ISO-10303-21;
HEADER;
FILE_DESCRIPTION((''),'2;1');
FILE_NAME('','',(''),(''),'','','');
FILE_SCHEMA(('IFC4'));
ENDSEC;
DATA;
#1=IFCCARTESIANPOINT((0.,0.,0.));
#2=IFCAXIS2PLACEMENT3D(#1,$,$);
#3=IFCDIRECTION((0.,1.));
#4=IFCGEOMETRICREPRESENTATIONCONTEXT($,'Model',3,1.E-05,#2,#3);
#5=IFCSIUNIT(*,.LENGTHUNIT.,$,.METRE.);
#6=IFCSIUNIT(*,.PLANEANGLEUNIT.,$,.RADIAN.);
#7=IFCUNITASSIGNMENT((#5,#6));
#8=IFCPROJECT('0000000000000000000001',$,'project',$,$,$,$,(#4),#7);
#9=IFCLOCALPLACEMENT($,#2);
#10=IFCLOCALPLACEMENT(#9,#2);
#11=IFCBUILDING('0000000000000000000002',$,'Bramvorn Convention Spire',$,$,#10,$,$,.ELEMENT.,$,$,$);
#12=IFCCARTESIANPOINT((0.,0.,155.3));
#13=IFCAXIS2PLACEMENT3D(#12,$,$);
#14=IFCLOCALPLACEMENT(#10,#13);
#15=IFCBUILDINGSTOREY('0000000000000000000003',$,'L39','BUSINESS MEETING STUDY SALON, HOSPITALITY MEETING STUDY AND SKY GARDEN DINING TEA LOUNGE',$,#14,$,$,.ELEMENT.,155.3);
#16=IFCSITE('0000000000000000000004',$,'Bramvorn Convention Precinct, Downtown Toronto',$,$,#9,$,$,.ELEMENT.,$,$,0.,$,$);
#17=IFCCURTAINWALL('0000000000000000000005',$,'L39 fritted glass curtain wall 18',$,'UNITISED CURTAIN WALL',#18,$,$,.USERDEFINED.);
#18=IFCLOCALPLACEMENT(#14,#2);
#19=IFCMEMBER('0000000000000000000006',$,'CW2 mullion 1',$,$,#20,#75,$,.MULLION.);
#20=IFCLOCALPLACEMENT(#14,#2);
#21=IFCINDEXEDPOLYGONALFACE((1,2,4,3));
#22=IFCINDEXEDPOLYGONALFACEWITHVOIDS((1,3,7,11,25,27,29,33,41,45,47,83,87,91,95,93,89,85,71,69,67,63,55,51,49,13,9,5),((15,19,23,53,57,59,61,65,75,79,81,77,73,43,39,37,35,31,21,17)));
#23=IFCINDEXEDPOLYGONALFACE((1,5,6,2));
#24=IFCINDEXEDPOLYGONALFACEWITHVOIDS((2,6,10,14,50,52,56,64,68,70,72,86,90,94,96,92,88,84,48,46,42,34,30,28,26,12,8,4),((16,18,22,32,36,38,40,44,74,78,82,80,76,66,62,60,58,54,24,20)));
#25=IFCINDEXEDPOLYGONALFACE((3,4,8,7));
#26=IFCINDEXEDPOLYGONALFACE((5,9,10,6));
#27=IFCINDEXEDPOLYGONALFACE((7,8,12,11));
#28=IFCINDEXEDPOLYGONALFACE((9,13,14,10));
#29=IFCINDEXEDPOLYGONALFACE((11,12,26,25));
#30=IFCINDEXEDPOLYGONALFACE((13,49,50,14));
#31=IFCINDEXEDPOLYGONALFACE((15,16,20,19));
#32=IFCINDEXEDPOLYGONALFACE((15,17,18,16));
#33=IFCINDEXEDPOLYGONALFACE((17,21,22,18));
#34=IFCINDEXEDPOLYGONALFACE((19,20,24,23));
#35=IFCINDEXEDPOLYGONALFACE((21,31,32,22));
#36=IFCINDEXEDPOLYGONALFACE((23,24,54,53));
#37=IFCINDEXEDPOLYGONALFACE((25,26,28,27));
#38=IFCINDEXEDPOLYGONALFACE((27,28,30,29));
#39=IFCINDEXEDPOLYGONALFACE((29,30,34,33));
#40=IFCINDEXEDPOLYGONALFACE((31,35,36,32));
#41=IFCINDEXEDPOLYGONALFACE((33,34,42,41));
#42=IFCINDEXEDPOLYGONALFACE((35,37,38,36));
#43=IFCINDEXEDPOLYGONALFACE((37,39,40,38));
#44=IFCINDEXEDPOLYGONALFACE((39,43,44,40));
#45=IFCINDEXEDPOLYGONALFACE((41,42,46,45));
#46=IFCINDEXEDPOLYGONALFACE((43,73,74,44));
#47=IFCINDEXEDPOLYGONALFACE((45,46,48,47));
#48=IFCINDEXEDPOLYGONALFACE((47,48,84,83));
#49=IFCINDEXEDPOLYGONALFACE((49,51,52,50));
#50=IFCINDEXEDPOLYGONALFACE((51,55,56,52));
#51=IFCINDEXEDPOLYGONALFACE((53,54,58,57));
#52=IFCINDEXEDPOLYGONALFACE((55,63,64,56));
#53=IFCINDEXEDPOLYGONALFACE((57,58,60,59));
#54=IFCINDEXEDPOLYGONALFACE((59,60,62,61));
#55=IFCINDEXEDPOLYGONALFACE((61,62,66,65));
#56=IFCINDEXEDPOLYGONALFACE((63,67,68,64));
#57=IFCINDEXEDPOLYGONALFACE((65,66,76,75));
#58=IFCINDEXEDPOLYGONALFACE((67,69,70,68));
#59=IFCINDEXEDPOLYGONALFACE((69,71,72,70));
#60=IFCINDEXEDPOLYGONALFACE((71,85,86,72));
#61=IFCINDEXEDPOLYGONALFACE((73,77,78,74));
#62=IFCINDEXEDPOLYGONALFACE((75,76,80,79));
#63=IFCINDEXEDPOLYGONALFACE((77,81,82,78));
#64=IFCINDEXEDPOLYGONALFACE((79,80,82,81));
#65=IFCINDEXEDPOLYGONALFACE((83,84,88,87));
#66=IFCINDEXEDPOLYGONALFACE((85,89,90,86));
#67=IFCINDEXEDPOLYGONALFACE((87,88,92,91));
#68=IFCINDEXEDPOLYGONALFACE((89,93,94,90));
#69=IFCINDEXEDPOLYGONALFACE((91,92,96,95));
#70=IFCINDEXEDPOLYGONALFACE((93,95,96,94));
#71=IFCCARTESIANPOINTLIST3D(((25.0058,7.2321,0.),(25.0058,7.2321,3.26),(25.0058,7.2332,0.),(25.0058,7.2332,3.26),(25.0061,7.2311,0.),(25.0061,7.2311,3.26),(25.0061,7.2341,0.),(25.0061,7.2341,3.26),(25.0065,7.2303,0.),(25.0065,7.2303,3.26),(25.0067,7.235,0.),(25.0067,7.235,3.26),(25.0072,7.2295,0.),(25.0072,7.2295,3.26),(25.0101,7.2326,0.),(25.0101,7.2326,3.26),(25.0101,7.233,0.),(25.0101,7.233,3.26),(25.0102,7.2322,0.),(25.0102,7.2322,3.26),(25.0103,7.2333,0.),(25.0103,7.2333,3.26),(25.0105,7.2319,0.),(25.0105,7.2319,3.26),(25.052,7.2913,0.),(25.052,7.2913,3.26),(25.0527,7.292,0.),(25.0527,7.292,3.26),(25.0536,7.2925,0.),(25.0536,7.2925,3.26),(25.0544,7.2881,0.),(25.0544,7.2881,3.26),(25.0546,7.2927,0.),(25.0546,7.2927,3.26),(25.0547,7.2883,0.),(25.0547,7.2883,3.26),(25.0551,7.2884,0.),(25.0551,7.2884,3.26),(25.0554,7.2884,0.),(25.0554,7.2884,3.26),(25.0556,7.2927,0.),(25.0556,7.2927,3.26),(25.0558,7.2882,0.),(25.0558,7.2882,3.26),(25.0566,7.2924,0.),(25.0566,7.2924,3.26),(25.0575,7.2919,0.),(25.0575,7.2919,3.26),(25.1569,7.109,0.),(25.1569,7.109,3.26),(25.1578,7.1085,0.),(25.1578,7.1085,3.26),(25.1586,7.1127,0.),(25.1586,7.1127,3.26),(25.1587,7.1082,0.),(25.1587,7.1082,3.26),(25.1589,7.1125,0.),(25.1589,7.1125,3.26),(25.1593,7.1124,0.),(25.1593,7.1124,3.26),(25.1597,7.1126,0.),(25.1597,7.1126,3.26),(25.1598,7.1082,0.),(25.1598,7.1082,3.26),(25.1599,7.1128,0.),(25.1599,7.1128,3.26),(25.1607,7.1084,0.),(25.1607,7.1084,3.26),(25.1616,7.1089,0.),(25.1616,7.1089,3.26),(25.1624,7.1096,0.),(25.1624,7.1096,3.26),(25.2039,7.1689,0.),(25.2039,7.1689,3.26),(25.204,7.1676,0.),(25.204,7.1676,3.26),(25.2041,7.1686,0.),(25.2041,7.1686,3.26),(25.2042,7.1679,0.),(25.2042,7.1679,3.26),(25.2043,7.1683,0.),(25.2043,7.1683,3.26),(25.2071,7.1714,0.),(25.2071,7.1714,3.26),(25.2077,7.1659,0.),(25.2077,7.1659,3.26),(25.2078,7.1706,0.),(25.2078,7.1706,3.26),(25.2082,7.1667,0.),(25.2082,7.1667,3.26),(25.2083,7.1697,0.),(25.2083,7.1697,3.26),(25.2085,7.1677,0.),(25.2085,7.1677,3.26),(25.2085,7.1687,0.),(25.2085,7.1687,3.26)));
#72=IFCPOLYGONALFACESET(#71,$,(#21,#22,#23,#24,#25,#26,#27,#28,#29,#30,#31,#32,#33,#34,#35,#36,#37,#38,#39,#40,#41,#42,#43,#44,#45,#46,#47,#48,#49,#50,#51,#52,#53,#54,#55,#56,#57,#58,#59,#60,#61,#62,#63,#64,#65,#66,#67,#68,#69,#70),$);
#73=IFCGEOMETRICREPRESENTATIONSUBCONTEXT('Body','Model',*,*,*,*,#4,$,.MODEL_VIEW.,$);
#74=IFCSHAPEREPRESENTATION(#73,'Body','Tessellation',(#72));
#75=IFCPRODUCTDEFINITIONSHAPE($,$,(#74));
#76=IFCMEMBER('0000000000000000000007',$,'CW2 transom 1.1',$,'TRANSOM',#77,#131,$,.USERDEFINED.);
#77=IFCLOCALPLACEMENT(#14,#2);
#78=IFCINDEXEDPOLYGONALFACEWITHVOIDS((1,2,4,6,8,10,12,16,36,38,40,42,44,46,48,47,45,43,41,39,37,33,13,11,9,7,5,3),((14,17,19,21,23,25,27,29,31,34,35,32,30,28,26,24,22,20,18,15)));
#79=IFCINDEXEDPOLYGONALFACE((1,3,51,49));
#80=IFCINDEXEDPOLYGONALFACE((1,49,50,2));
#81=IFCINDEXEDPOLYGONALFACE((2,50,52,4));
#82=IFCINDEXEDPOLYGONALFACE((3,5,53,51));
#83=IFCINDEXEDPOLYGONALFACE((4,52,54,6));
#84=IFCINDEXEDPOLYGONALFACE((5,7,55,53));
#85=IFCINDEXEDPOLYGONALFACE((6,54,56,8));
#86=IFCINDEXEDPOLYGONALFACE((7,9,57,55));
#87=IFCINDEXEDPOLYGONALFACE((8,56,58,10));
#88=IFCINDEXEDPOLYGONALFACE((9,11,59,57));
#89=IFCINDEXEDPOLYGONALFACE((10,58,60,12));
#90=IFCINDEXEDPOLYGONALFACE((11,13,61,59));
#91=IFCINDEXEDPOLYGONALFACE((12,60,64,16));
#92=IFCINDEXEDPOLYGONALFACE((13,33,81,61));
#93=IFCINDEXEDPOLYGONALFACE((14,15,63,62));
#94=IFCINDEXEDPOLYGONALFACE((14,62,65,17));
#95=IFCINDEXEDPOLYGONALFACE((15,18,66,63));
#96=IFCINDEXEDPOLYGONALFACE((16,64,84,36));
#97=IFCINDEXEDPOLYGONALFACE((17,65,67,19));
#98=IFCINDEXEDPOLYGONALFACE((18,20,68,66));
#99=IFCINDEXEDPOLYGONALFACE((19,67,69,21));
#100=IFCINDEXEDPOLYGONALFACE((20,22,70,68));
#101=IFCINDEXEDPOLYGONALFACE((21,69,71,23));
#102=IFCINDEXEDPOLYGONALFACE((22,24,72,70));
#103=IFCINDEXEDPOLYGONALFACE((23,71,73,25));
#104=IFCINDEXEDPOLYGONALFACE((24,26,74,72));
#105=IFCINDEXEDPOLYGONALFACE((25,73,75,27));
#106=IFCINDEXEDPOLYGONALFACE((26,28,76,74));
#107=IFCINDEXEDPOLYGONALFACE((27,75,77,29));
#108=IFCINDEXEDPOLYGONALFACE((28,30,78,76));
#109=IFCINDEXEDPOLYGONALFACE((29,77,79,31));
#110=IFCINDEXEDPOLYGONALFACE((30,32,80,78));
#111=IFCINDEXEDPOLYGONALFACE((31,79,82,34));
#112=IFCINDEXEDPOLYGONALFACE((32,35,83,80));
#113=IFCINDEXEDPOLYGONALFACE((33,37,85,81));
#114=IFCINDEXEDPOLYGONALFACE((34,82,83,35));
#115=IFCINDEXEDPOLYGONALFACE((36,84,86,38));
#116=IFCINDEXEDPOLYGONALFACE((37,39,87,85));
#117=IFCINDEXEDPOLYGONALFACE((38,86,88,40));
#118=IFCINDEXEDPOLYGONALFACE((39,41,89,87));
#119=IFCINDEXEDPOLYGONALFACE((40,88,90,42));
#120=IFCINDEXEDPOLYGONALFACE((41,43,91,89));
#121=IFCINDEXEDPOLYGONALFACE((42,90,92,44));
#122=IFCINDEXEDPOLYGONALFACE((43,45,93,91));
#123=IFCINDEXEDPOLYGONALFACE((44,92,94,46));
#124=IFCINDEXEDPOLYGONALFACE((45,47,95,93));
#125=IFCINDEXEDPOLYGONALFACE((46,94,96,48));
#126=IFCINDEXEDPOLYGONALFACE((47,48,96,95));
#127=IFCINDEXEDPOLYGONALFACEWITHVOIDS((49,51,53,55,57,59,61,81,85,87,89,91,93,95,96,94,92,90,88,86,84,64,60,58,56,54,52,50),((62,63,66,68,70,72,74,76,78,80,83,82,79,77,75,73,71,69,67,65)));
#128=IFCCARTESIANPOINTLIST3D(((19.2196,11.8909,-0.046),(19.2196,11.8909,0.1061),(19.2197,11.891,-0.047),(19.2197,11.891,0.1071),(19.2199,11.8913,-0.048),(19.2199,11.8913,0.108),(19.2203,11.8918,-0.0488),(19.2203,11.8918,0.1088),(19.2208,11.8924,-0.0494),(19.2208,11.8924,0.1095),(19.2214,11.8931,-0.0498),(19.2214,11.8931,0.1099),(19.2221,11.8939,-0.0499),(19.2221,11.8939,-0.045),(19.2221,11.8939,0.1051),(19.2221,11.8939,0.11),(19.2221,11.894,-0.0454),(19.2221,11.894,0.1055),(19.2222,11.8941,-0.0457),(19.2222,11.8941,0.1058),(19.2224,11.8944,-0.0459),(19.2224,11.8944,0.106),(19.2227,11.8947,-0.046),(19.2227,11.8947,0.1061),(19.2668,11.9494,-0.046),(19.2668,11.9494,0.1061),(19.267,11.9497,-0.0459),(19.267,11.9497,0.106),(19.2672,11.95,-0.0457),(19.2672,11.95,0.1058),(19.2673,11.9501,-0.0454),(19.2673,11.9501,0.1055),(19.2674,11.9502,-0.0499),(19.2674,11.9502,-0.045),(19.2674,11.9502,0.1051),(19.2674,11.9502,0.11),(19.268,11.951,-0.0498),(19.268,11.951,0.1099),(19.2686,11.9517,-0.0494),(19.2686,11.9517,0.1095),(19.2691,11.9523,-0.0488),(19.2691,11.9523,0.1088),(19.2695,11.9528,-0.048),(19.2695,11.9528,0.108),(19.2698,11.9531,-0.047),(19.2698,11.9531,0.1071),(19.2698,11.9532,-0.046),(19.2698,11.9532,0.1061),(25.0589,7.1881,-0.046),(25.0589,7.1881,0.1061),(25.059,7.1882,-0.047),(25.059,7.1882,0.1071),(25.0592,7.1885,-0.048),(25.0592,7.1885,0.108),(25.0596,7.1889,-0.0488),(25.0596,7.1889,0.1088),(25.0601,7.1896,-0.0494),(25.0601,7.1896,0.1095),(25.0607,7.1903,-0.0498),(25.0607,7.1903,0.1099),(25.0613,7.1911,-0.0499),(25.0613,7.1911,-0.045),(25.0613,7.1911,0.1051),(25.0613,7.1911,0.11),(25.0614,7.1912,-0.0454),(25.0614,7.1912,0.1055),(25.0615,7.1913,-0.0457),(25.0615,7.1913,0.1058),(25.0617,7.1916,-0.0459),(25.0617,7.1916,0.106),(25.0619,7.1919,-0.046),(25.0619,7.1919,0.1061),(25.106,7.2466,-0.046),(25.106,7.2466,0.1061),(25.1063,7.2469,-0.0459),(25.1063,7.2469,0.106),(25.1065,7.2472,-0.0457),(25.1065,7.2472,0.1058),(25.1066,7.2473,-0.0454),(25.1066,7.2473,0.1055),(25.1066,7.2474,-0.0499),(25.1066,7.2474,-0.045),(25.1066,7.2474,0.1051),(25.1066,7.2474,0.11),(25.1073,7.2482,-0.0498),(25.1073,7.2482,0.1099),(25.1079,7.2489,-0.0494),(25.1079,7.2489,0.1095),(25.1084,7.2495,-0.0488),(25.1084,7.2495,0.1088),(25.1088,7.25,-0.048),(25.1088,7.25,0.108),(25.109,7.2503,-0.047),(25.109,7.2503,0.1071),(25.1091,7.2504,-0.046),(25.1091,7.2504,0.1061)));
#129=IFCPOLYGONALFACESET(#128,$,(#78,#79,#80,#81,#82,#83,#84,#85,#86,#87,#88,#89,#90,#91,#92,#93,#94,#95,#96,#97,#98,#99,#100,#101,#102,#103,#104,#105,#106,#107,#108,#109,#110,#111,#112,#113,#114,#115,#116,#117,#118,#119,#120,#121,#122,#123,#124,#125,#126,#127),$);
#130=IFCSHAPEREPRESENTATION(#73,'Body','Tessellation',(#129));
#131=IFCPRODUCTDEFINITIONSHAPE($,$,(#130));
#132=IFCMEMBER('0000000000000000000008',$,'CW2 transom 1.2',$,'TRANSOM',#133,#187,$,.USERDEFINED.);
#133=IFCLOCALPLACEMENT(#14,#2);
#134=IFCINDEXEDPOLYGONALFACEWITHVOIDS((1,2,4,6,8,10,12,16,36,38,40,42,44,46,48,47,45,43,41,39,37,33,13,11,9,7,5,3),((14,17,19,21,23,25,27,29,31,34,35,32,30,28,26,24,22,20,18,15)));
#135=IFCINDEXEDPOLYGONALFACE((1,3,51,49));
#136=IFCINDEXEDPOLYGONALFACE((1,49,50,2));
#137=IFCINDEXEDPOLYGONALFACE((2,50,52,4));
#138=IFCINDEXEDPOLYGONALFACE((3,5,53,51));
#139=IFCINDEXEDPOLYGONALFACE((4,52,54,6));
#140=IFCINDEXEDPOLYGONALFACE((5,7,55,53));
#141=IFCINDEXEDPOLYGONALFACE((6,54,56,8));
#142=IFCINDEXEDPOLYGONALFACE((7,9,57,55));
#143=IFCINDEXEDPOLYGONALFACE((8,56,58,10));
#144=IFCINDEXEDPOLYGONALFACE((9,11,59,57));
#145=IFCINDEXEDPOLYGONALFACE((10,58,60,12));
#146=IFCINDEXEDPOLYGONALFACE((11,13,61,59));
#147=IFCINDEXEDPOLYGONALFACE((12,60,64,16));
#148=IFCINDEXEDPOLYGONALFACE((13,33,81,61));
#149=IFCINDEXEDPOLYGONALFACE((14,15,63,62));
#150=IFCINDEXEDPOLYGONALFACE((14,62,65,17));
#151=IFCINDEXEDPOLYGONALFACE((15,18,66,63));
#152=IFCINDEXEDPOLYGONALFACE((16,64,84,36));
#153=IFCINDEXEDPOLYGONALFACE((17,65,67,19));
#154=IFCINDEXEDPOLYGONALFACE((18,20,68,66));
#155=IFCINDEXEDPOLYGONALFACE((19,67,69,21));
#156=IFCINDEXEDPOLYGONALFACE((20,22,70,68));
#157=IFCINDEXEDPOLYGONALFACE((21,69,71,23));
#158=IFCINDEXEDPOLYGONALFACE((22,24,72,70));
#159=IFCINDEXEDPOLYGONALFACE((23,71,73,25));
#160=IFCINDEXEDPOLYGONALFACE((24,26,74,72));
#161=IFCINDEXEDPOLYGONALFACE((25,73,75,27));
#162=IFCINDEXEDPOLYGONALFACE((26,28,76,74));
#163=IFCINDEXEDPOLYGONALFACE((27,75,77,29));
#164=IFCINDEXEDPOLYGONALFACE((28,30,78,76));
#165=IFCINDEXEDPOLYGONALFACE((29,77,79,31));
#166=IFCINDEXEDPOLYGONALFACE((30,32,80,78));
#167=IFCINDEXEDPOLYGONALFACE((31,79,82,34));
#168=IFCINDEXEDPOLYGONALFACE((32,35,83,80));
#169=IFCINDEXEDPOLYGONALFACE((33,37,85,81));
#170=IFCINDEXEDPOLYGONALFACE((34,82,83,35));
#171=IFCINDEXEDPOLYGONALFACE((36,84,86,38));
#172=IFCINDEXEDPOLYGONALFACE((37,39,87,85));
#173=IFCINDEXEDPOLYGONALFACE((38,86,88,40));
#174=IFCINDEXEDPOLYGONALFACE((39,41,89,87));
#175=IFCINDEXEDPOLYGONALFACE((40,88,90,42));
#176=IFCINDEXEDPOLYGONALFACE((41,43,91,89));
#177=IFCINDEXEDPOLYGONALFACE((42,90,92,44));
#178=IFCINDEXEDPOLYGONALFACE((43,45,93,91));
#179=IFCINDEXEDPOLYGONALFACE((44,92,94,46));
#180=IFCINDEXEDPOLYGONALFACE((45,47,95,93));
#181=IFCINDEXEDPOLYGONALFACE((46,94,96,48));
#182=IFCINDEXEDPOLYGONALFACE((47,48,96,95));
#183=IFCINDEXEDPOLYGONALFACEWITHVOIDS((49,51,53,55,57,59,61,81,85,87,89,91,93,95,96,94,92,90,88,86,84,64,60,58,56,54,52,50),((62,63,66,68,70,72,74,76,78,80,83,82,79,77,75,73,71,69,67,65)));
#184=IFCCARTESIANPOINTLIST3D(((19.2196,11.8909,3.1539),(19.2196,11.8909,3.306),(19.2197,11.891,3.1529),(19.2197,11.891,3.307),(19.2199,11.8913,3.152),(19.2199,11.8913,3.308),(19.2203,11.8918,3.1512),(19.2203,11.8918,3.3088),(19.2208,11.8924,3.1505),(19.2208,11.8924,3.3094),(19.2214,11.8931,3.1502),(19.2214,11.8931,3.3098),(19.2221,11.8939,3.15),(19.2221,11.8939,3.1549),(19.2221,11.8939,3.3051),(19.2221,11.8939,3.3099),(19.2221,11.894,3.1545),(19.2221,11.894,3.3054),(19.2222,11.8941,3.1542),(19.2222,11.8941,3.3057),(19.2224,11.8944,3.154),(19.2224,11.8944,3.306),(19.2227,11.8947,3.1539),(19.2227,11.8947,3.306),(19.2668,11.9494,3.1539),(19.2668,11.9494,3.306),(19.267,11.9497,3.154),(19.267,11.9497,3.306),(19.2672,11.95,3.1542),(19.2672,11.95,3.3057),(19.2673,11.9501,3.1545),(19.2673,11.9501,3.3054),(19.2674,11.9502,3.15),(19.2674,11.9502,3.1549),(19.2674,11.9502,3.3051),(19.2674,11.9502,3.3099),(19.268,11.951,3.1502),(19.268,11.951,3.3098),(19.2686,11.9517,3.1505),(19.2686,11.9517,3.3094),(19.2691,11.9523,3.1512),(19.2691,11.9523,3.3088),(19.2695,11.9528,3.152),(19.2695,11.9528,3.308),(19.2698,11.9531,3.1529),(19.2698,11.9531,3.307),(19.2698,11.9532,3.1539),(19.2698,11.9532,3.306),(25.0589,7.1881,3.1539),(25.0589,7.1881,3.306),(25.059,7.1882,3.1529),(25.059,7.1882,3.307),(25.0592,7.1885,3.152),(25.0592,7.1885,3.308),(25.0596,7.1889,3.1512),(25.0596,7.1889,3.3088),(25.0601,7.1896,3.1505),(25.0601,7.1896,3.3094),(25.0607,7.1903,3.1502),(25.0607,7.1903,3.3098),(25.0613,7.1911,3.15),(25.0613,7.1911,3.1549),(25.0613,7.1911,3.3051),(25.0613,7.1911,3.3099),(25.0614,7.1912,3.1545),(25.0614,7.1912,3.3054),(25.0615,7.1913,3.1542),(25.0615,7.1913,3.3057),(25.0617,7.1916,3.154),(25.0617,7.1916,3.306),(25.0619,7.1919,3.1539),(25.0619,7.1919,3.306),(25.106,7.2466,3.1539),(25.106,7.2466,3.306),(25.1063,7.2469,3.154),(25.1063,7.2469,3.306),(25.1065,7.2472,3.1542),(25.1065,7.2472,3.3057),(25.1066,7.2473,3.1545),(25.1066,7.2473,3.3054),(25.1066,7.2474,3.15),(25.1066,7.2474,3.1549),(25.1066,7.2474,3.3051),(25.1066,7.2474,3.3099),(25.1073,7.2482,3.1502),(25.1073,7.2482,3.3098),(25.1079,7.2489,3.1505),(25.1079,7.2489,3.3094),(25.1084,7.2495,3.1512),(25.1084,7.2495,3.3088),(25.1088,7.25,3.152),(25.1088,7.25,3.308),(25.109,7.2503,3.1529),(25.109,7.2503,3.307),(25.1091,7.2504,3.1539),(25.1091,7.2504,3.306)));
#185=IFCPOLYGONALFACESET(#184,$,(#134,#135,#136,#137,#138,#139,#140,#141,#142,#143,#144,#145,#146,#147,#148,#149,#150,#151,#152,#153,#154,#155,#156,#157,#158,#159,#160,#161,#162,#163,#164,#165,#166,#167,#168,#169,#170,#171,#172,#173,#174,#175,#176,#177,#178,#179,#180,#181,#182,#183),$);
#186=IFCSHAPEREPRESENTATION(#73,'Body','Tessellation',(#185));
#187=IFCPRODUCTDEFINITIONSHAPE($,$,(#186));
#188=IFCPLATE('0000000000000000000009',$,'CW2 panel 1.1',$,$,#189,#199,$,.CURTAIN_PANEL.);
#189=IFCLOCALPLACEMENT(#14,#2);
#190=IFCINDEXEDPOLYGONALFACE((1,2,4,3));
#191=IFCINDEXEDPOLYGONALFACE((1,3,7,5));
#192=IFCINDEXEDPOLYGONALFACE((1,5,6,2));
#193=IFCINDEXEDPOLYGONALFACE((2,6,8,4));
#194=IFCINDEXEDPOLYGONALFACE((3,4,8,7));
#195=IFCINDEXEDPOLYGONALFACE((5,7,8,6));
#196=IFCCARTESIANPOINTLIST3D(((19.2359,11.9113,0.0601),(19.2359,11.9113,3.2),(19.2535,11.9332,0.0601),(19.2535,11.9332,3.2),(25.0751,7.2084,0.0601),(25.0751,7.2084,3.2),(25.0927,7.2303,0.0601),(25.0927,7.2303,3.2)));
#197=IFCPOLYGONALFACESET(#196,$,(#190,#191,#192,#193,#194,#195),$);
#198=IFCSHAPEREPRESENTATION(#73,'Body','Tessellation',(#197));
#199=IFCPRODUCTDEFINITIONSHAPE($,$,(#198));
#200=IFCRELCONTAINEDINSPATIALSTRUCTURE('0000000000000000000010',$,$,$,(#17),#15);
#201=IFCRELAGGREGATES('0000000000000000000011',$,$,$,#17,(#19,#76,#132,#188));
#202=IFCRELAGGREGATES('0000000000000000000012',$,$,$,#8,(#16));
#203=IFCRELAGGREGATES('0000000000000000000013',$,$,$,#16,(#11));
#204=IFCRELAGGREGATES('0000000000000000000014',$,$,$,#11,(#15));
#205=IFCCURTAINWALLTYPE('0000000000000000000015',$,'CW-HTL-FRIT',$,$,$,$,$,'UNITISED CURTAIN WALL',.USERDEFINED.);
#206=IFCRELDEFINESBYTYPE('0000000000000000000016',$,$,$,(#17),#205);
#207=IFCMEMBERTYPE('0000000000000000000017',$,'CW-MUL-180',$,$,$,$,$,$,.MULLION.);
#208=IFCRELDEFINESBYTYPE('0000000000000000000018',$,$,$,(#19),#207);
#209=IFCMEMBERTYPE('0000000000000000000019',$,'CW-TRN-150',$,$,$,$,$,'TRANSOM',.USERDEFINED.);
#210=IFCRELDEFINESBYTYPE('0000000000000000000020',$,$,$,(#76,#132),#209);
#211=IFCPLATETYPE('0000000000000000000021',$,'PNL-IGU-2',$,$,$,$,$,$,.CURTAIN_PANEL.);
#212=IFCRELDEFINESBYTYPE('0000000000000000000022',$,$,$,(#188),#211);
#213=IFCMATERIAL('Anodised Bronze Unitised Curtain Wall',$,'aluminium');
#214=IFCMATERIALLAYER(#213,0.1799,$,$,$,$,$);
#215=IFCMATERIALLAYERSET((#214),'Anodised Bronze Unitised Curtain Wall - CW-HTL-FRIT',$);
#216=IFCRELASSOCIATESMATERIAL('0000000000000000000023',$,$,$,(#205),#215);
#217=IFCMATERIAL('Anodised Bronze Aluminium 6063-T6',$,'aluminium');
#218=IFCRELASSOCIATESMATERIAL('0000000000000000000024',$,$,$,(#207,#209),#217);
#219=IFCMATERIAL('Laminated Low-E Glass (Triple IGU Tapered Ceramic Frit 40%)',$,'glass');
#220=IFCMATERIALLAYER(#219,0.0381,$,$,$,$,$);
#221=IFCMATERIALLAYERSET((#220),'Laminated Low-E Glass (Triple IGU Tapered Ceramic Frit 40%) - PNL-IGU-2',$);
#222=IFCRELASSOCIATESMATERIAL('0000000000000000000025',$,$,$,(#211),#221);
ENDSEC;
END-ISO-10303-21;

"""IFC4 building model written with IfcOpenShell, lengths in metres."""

from ifc_helpers import new_model, si_unit, direction, frame, origin, origin_2d, place, context, subcontext, project, spatial, rectangle, hollow_rectangle, extrude, material, layer, layer_set, material_profile, profile_set, type_object, element, aggregate, save


model = new_model("IFC4")

# Units and contexts
model_context = context("Model", 3, precision=1e-05, world=origin(), true_north=direction((0.0, 1.0)))
body_context = subcontext(model_context, "Body", "Model", "MODEL_VIEW")
ifc_project = project(units=[si_unit("LENGTHUNIT", "METRE"), si_unit("PLANEANGLEUNIT", "RADIAN")], contexts=[model_context])

# Site, building, storey
site_placement = place(None, origin())
site = spatial("IfcSite", under=ifc_project, at=site_placement, Name="Bramvorn Convention Precinct, Downtown Toronto", CompositionType="ELEMENT", RefElevation=0.0)
building_placement = place(site_placement, origin())
building = spatial("IfcBuilding", under=site, at=building_placement, Name="Bramvorn Convention Spire", CompositionType="ELEMENT")
storey_placement = place(building_placement, frame((0.0, 0.0, 155.3)))
storey = spatial("IfcBuildingStorey", under=building, at=storey_placement, Name="L39", Description="BUSINESS MEETING STUDY SALON, HOSPITALITY MEETING STUDY AND SKY GARDEN DINING TEA LOUNGE", CompositionType="ELEMENT", Elevation=155.3)

# Curtain wall, members, plate
ifc_material_1 = material(Name="Anodised Bronze Unitised Curtain Wall", Category="aluminium")
ifc_layer_1 = layer(ifc_material_1, 0.1799)
ifc_layer_set_1 = layer_set([ifc_layer_1], Name="Anodised Bronze Unitised Curtain Wall - CW-HTL-FRIT")
curtain_wall_type = type_object("IfcCurtainWallType", Name="CW-HTL-FRIT", ElementType="UNITISED CURTAIN WALL", PredefinedType="USERDEFINED", material=ifc_layer_set_1)
curtain_wall_placement = place(storey_placement, origin())
curtain_wall = element("IfcCurtainWall", 1, at=curtain_wall_placement, inside=storey, type_object=curtain_wall_type, Name="L39 fritted glass curtain wall 18", ObjectType="UNITISED CURTAIN WALL", PredefinedType="USERDEFINED")
ifc_material_2 = material(Name="Anodised Bronze Aluminium 6063-T6", Category="aluminium")
ifc_material_profile_1 = material_profile(ifc_material_2, hollow_rectangle(XDim=0.0801, YDim=0.2, WallThickness=0.0039, InnerFilletRadius=0.001, OuterFilletRadius=0.0039, at=origin_2d()))
ifc_profile_set_1 = profile_set([ifc_material_profile_1], Name="Anodised Bronze Aluminium 6063-T6 - CWM80X200")
member_type_1 = type_object("IfcMemberType", Name="CW-MUL-180", PredefinedType="MULLION", material=ifc_profile_set_1)
member_1_placement = place(storey_placement, frame((25.1072, 7.2004, 0.0), z_axis=(0.0, 0.0, 1.0), x_axis=(-0.627255, -0.778814, 0.0)))
member_1 = element("IfcMember", 2, at=member_1_placement, type_object=member_type_1, Name="CW2 mullion 1", PredefinedType="MULLION", context=body_context, shape_type="SweptSolid", body=[
    extrude(hollow_rectangle(XDim=0.0801, YDim=0.2, WallThickness=0.0039, InnerFilletRadius=0.001, OuterFilletRadius=0.0039, at=origin_2d()), origin(), (0.0, 0.0, 1.0), 3.26),
])
ifc_material_profile_2 = material_profile(ifc_material_2, hollow_rectangle(XDim=0.0801, YDim=0.1599, WallThickness=0.0039, InnerFilletRadius=0.001, OuterFilletRadius=0.0039, at=origin_2d()))
ifc_profile_set_2 = profile_set([ifc_material_profile_2], Name="Anodised Bronze Aluminium 6063-T6 - CWT80X160")
member_type_2 = type_object("IfcMemberType", Name="CW-TRN-150", ElementType="TRANSOM", PredefinedType="USERDEFINED", material=ifc_profile_set_2)
member_2_placement = place(storey_placement, frame((25.084, 7.2192, 0.03), z_axis=(-0.778822, 0.627245, 0.0), x_axis=(-0.627245, -0.778822, 0.0)))
member_2 = element("IfcMember", 3, at=member_2_placement, type_object=member_type_2, Name="CW2 transom 1.1", ObjectType="TRANSOM", PredefinedType="USERDEFINED", context=body_context, shape_type="SweptSolid", body=[
    extrude(hollow_rectangle(XDim=0.0801, YDim=0.1599, WallThickness=0.0039, InnerFilletRadius=0.001, OuterFilletRadius=0.0039, at=origin_2d()), origin(), (0.0, 0.0, 1.0), 7.4976),
])
member_3_placement = place(storey_placement, frame((25.084, 7.2192, 3.23), z_axis=(-0.778822, 0.627245, 0.0), x_axis=(-0.627245, -0.778822, 0.0)))
member_3 = element("IfcMember", 4, at=member_3_placement, type_object=member_type_2, Name="CW2 transom 1.2", ObjectType="TRANSOM", PredefinedType="USERDEFINED", context=body_context, shape_type="SweptSolid", body=[
    extrude(hollow_rectangle(XDim=0.0801, YDim=0.1599, WallThickness=0.0039, InnerFilletRadius=0.001, OuterFilletRadius=0.0039, at=origin_2d()), origin(), (0.0, 0.0, 1.0), 7.4976),
])
ifc_material_3 = material(Name="Laminated Low-E Glass (Triple IGU Tapered Ceramic Frit 40%)", Category="glass")
ifc_layer_2 = layer(ifc_material_3, 0.0381)
ifc_layer_set_2 = layer_set([ifc_layer_2], Name="Laminated Low-E Glass (Triple IGU Tapered Ceramic Frit 40%) - PNL-IGU-2")
plate_type = type_object("IfcPlateType", Name="PNL-IGU-2", PredefinedType="CURTAIN_PANEL", material=ifc_layer_set_2)
plate_placement = place(storey_placement, frame((22.1643, 9.5708, 0.0601), z_axis=(0.0, 0.0, 1.0), x_axis=(-0.778814, 0.627255, 0.0)))
plate = element("IfcPlate", 5, at=plate_placement, type_object=plate_type, Name="CW2 panel 1.1", PredefinedType="CURTAIN_PANEL", context=body_context, shape_type="SweptSolid", body=[
    extrude(rectangle(XDim=7.4976, YDim=0.0281, at=origin_2d()), origin(), (0.0, 0.0, 1.0), 3.1399),
])
aggregate(curtain_wall, [member_1, member_2, member_3, plate])

save(model, "model.ifc")
